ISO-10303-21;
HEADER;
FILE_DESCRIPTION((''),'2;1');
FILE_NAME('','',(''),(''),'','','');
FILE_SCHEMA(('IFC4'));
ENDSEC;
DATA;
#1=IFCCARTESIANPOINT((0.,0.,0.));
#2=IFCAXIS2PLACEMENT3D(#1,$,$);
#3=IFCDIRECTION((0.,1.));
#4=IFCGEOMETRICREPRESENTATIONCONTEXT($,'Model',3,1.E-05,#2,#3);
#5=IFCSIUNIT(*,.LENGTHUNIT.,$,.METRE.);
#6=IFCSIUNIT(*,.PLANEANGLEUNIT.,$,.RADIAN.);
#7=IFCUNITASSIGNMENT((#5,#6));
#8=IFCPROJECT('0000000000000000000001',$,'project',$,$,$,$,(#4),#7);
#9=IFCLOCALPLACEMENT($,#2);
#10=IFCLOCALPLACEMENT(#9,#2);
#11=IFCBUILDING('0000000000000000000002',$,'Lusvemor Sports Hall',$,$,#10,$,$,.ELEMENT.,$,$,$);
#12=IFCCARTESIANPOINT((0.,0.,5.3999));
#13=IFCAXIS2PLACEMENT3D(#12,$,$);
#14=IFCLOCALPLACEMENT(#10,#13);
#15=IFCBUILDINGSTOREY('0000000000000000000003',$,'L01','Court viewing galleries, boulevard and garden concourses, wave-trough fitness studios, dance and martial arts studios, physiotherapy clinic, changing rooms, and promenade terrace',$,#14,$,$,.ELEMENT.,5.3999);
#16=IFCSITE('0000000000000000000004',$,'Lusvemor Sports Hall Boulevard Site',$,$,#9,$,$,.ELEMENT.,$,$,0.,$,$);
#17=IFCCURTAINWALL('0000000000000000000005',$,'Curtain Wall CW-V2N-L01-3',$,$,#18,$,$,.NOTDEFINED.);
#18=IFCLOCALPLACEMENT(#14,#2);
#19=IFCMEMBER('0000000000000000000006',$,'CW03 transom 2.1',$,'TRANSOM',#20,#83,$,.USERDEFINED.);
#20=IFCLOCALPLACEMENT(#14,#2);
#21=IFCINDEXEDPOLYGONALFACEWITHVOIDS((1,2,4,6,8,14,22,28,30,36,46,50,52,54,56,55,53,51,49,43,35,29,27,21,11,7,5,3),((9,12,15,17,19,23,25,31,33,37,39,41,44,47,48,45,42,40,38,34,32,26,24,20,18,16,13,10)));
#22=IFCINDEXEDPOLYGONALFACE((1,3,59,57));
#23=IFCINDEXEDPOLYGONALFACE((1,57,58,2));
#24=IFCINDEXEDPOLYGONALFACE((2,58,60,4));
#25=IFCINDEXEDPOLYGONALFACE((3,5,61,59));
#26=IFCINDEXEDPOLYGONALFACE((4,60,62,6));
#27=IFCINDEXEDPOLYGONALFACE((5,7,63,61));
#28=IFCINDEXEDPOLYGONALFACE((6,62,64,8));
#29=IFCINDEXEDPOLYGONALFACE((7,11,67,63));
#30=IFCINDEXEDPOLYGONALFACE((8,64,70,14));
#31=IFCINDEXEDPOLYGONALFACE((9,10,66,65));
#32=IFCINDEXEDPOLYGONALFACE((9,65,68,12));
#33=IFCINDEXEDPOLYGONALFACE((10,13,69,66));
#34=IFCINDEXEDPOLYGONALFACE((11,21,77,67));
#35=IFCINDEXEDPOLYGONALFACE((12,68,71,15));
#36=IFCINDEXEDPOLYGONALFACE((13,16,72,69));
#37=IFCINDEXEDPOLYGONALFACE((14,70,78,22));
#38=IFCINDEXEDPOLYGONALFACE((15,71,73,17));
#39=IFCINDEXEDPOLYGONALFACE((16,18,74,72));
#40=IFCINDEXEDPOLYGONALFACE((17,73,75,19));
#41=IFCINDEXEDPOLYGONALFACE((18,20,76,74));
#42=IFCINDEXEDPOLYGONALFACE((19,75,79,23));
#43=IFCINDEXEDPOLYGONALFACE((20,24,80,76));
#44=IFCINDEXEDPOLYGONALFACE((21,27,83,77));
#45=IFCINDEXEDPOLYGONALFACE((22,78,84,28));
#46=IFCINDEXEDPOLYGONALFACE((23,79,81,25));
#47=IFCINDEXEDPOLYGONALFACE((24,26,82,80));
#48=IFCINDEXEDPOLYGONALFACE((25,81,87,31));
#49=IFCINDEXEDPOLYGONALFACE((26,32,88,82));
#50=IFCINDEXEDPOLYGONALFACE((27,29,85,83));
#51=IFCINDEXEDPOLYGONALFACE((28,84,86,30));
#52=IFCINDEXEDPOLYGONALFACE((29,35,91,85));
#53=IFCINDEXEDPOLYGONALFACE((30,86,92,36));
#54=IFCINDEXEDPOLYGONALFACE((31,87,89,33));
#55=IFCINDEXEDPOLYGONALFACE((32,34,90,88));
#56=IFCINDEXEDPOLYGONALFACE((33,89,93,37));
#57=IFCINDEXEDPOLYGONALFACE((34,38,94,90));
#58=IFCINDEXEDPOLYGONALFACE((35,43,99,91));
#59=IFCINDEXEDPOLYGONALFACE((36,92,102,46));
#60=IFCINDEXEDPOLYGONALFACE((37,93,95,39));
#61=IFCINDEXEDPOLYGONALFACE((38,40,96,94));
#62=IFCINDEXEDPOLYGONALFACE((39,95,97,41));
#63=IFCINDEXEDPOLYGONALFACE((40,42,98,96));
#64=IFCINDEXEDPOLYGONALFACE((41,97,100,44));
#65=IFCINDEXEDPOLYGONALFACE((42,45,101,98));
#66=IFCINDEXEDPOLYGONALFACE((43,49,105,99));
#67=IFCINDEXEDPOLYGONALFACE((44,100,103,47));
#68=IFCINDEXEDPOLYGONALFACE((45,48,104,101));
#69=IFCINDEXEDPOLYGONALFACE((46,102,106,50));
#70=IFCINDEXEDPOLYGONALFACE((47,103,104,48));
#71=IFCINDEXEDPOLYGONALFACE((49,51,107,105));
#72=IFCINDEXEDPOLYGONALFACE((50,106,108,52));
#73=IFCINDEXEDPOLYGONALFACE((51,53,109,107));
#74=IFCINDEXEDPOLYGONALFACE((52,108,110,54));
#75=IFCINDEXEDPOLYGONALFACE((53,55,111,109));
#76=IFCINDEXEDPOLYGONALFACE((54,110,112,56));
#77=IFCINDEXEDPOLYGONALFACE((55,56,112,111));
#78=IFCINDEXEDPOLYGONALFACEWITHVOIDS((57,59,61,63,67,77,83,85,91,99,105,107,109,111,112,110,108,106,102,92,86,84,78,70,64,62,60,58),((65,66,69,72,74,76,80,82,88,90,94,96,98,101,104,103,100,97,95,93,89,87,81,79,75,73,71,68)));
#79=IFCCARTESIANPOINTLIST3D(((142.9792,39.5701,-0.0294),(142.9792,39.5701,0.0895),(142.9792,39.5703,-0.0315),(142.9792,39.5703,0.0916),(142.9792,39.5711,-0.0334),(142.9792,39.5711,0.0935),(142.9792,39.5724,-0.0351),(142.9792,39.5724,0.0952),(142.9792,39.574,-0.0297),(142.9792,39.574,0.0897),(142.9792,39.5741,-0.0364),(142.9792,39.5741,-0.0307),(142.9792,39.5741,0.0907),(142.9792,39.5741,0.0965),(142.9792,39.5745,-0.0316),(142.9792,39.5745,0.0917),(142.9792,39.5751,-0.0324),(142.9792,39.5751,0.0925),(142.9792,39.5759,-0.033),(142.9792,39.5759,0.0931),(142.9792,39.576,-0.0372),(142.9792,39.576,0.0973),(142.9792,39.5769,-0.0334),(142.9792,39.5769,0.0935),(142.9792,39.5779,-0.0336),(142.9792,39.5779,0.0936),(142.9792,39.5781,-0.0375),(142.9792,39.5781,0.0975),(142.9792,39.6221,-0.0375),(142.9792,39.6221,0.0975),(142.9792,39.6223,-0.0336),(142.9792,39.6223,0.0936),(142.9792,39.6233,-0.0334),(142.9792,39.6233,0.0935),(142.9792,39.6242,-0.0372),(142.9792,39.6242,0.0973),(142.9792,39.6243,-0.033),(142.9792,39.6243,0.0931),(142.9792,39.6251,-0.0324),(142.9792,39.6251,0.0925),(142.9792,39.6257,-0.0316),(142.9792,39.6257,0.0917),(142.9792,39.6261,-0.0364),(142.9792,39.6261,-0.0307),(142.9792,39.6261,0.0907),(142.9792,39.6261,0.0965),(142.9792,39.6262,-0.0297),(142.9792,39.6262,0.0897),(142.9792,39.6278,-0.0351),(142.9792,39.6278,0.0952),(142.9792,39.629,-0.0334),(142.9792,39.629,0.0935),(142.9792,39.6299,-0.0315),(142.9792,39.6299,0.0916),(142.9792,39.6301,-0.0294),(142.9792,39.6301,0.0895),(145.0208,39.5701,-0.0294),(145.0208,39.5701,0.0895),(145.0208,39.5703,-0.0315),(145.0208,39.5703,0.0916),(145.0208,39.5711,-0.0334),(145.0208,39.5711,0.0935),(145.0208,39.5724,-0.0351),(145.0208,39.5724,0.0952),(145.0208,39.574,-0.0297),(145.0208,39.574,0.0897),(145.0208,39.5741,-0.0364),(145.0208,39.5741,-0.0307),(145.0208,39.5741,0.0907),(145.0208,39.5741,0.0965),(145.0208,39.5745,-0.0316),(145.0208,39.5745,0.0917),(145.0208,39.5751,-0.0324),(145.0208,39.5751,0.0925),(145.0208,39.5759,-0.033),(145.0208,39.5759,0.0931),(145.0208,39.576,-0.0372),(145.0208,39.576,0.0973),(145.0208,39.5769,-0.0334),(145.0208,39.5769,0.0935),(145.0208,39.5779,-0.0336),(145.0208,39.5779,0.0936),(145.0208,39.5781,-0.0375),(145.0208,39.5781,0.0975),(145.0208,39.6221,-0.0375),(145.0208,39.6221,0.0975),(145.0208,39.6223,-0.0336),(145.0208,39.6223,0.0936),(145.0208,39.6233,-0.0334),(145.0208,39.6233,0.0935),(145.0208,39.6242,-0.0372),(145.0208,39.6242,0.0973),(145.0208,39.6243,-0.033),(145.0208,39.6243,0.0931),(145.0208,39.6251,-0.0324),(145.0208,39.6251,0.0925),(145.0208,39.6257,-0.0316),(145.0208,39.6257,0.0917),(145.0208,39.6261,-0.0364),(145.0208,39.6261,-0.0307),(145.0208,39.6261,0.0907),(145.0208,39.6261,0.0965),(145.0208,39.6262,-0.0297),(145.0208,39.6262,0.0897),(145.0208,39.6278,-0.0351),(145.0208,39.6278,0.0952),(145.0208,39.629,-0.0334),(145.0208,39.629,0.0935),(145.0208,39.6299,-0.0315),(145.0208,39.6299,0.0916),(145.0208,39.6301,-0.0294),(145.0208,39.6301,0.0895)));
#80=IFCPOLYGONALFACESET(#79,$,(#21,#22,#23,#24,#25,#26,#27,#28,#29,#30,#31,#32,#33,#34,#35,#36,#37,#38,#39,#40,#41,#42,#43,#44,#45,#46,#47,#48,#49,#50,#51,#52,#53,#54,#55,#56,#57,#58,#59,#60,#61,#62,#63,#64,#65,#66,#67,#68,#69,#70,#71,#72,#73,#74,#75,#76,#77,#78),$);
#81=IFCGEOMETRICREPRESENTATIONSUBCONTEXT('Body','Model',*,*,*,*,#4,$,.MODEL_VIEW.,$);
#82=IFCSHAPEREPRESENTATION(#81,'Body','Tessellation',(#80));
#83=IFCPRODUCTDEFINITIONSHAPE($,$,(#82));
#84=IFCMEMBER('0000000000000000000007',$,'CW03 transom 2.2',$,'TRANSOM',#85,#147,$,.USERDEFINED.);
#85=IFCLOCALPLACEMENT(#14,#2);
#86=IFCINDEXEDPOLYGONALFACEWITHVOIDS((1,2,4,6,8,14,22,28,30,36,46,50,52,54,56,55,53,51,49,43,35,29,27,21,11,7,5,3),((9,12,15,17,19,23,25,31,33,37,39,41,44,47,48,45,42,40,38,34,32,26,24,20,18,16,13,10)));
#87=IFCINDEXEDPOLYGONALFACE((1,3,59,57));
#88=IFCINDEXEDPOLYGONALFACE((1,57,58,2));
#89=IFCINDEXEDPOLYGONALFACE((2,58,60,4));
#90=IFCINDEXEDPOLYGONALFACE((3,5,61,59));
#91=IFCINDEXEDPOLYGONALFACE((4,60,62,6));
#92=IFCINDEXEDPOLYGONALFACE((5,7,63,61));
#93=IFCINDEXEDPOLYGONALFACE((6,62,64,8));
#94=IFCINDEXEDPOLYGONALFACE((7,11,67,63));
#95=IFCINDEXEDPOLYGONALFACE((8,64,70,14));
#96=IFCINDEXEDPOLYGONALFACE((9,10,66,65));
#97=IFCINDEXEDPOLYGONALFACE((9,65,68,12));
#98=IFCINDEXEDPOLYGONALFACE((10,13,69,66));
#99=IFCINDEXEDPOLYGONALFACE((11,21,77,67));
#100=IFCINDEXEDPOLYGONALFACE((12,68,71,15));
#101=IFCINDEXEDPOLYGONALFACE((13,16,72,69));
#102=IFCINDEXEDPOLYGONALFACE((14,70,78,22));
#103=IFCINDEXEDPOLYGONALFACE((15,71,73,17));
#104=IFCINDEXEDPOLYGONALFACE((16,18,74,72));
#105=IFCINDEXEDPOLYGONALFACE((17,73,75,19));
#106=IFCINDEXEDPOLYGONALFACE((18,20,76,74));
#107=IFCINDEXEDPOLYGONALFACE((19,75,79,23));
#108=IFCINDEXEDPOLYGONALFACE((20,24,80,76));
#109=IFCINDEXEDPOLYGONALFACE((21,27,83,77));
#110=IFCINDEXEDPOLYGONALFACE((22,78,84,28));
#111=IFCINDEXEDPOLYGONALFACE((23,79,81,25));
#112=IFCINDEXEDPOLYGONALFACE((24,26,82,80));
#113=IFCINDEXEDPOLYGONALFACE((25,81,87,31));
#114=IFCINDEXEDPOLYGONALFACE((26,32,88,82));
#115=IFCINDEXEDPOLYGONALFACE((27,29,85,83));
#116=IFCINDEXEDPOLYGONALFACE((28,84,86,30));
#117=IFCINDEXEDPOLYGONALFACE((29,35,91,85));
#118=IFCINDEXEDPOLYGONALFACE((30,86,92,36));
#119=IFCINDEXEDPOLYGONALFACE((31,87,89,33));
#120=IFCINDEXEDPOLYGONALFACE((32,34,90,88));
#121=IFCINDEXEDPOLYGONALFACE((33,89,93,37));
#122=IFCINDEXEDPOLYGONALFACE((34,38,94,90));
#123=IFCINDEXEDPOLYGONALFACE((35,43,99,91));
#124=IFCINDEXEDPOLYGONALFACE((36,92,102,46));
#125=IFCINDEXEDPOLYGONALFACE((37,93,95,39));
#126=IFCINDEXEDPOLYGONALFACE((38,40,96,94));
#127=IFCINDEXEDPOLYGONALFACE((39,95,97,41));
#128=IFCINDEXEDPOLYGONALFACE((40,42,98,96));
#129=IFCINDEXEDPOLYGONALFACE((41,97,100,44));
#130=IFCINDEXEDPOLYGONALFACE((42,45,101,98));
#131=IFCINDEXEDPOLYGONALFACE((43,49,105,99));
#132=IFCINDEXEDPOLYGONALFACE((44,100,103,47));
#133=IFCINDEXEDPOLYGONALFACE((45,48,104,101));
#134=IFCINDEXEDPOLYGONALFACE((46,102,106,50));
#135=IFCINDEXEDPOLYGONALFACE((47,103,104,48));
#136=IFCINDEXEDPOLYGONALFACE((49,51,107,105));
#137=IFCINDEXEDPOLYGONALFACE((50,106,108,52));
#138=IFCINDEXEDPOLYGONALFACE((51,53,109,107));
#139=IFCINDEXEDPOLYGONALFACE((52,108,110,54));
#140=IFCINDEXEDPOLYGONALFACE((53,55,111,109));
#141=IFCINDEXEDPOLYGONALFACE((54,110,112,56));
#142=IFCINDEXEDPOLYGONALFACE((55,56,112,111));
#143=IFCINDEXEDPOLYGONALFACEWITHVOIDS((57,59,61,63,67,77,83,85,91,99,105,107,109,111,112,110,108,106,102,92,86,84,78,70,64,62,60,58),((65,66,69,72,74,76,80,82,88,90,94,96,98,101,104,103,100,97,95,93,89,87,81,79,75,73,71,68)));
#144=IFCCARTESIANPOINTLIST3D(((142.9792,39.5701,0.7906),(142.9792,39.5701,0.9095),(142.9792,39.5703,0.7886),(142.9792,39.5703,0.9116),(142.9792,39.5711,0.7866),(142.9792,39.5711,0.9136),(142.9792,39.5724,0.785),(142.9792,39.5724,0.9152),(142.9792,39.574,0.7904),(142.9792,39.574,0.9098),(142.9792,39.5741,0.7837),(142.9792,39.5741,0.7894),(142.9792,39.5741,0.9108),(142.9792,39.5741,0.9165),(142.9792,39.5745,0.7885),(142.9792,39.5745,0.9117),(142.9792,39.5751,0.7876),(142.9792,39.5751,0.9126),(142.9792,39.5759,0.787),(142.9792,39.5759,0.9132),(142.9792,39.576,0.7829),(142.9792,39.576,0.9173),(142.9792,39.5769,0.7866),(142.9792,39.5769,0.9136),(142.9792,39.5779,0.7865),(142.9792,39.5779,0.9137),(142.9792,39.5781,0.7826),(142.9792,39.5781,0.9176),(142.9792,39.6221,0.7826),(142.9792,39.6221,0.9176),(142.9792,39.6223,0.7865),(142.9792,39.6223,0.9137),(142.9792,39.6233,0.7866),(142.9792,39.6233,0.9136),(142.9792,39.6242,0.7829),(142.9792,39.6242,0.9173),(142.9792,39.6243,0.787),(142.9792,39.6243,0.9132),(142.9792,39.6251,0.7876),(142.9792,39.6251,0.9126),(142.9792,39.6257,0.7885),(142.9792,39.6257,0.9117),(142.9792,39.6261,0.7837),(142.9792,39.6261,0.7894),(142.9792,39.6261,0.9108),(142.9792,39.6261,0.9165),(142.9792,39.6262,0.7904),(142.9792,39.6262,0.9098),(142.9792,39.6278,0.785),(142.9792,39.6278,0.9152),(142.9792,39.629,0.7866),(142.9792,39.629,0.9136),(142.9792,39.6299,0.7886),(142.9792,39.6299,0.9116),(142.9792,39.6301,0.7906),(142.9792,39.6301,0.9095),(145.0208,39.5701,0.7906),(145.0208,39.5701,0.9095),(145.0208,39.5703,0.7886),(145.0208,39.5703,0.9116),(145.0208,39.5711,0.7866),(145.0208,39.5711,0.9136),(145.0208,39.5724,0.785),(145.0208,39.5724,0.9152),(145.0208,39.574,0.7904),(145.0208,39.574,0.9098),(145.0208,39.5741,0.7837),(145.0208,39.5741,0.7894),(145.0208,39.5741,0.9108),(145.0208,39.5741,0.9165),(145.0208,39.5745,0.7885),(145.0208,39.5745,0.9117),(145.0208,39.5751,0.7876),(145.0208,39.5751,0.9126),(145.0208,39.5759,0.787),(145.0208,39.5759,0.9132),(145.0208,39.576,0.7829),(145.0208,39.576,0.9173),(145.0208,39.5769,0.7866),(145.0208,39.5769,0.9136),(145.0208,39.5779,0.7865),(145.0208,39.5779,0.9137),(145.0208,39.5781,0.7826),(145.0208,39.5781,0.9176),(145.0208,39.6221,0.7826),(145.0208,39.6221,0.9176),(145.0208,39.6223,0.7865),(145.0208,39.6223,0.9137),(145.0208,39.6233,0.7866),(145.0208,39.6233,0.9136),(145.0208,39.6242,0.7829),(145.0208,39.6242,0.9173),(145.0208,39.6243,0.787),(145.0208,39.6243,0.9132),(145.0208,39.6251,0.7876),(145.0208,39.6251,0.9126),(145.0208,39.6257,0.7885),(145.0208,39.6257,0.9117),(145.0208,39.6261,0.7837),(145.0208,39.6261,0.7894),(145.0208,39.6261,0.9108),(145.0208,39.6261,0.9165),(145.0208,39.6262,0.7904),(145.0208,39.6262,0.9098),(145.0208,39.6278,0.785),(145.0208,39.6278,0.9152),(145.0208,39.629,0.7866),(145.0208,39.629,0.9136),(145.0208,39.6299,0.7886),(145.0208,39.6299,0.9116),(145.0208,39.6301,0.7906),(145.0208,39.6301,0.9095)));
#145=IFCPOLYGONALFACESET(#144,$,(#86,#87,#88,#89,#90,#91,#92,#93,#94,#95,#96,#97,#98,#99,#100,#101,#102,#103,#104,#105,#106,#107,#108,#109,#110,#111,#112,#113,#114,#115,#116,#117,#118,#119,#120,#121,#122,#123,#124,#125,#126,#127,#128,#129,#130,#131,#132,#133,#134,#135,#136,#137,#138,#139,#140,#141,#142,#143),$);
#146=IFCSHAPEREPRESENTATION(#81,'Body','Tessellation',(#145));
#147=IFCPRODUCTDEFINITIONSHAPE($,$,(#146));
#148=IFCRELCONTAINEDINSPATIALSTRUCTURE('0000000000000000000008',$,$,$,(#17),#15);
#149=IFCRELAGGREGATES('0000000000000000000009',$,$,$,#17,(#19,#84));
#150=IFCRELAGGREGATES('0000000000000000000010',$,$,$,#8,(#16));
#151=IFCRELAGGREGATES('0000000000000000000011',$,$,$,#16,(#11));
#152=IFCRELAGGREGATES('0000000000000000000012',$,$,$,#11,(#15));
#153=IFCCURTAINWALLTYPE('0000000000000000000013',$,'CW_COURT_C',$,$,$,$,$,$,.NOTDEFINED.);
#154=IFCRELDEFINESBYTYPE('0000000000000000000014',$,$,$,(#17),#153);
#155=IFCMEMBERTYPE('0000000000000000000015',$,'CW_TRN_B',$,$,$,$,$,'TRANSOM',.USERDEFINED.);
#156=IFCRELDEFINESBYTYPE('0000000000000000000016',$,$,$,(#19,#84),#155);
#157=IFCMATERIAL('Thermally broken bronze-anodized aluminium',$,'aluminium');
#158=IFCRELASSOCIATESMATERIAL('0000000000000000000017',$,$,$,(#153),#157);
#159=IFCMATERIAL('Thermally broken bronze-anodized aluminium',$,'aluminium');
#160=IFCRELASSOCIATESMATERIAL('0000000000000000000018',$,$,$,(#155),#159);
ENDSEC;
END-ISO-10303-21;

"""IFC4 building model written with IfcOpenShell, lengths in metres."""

from ifc_helpers import new_model, si_unit, direction, frame, origin, origin_2d, place, context, subcontext, project, spatial, hollow_rectangle, extrude, material, material_profile, profile_set, type_object, element, aggregate, save


model = new_model("IFC4")

# Units and contexts
model_context = context("Model", 3, precision=1e-05, world=origin(), true_north=direction((0.0, 1.0)))
body_context = subcontext(model_context, "Body", "Model", "MODEL_VIEW")
ifc_project = project(units=[si_unit("LENGTHUNIT", "METRE"), si_unit("PLANEANGLEUNIT", "RADIAN")], contexts=[model_context])

# Site, building, storey
site_placement = place(None, origin())
site = spatial("IfcSite", under=ifc_project, at=site_placement, Name="Lusvemor Sports Hall Boulevard Site", CompositionType="ELEMENT", RefElevation=0.0)
building_placement = place(site_placement, origin())
building = spatial("IfcBuilding", under=site, at=building_placement, Name="Lusvemor Sports Hall", CompositionType="ELEMENT")
storey_placement = place(building_placement, frame((0.0, 0.0, 5.3999)))
storey = spatial("IfcBuildingStorey", under=building, at=storey_placement, Name="L01", Description="Court viewing galleries, boulevard and garden concourses, wave-trough fitness studios, dance and martial arts studios, physiotherapy clinic, changing rooms, and promenade terrace", CompositionType="ELEMENT", Elevation=5.3999)

# Curtain wall, members
ifc_material_1 = material(Name="Thermally broken bronze-anodized aluminium", Category="aluminium")
curtain_wall_type = type_object("IfcCurtainWallType", Name="CW_COURT_C", PredefinedType="NOTDEFINED", material=ifc_material_1)
curtain_wall_placement = place(storey_placement, origin())
curtain_wall = element("IfcCurtainWall", 1, at=curtain_wall_placement, inside=storey, type_object=curtain_wall_type, Name="Curtain Wall CW-V2N-L01-3", PredefinedType="NOTDEFINED")
ifc_material_2 = material(Name="Thermally broken bronze-anodized aluminium", Category="aluminium")
ifc_material_profile_1 = material_profile(ifc_material_2, hollow_rectangle(XDim=0.0601, YDim=0.135, WallThickness=0.0039, InnerFilletRadius=0.0039, OuterFilletRadius=0.0081, at=origin_2d()), Name="CWTRN135x60x4")
ifc_profile_set_1 = profile_set([ifc_material_profile_1], Name="Thermally broken bronze-anodized aluminium")
member_type_1 = type_object("IfcMemberType", Name="CW_TRN_B", ElementType="TRANSOM", PredefinedType="USERDEFINED", material=ifc_profile_set_1)
member_1_placement = place(storey_placement, frame((142.9792, 39.6001, 0.03), z_axis=(1.0, 0.0, 0.0), x_axis=(0.0, 1.0, 0.0)))
member_1 = element("IfcMember", 2, at=member_1_placement, type_object=member_type_1, Name="CW03 transom 2.1", ObjectType="TRANSOM", PredefinedType="USERDEFINED", context=body_context, shape_type="SweptSolid", body=[
    extrude(hollow_rectangle(XDim=0.0601, YDim=0.135, WallThickness=0.0039, InnerFilletRadius=0.0039, OuterFilletRadius=0.0081, at=origin_2d()), origin(), (0.0, 0.0, 1.0), 2.0415),
])
member_2_placement = place(storey_placement, frame((142.9792, 39.6001, 0.8501), z_axis=(1.0, 0.0, 0.0), x_axis=(0.0, 1.0, 0.0)))
member_2 = element("IfcMember", 3, at=member_2_placement, type_object=member_type_1, Name="CW03 transom 2.2", ObjectType="TRANSOM", PredefinedType="USERDEFINED", context=body_context, shape_type="SweptSolid", body=[
    extrude(hollow_rectangle(XDim=0.0601, YDim=0.135, WallThickness=0.0039, InnerFilletRadius=0.0039, OuterFilletRadius=0.0081, at=origin_2d()), origin(), (0.0, 0.0, 1.0), 2.0415),
])

aggregate(curtain_wall, [member_1, member_2])

save(model, "model.ifc")
